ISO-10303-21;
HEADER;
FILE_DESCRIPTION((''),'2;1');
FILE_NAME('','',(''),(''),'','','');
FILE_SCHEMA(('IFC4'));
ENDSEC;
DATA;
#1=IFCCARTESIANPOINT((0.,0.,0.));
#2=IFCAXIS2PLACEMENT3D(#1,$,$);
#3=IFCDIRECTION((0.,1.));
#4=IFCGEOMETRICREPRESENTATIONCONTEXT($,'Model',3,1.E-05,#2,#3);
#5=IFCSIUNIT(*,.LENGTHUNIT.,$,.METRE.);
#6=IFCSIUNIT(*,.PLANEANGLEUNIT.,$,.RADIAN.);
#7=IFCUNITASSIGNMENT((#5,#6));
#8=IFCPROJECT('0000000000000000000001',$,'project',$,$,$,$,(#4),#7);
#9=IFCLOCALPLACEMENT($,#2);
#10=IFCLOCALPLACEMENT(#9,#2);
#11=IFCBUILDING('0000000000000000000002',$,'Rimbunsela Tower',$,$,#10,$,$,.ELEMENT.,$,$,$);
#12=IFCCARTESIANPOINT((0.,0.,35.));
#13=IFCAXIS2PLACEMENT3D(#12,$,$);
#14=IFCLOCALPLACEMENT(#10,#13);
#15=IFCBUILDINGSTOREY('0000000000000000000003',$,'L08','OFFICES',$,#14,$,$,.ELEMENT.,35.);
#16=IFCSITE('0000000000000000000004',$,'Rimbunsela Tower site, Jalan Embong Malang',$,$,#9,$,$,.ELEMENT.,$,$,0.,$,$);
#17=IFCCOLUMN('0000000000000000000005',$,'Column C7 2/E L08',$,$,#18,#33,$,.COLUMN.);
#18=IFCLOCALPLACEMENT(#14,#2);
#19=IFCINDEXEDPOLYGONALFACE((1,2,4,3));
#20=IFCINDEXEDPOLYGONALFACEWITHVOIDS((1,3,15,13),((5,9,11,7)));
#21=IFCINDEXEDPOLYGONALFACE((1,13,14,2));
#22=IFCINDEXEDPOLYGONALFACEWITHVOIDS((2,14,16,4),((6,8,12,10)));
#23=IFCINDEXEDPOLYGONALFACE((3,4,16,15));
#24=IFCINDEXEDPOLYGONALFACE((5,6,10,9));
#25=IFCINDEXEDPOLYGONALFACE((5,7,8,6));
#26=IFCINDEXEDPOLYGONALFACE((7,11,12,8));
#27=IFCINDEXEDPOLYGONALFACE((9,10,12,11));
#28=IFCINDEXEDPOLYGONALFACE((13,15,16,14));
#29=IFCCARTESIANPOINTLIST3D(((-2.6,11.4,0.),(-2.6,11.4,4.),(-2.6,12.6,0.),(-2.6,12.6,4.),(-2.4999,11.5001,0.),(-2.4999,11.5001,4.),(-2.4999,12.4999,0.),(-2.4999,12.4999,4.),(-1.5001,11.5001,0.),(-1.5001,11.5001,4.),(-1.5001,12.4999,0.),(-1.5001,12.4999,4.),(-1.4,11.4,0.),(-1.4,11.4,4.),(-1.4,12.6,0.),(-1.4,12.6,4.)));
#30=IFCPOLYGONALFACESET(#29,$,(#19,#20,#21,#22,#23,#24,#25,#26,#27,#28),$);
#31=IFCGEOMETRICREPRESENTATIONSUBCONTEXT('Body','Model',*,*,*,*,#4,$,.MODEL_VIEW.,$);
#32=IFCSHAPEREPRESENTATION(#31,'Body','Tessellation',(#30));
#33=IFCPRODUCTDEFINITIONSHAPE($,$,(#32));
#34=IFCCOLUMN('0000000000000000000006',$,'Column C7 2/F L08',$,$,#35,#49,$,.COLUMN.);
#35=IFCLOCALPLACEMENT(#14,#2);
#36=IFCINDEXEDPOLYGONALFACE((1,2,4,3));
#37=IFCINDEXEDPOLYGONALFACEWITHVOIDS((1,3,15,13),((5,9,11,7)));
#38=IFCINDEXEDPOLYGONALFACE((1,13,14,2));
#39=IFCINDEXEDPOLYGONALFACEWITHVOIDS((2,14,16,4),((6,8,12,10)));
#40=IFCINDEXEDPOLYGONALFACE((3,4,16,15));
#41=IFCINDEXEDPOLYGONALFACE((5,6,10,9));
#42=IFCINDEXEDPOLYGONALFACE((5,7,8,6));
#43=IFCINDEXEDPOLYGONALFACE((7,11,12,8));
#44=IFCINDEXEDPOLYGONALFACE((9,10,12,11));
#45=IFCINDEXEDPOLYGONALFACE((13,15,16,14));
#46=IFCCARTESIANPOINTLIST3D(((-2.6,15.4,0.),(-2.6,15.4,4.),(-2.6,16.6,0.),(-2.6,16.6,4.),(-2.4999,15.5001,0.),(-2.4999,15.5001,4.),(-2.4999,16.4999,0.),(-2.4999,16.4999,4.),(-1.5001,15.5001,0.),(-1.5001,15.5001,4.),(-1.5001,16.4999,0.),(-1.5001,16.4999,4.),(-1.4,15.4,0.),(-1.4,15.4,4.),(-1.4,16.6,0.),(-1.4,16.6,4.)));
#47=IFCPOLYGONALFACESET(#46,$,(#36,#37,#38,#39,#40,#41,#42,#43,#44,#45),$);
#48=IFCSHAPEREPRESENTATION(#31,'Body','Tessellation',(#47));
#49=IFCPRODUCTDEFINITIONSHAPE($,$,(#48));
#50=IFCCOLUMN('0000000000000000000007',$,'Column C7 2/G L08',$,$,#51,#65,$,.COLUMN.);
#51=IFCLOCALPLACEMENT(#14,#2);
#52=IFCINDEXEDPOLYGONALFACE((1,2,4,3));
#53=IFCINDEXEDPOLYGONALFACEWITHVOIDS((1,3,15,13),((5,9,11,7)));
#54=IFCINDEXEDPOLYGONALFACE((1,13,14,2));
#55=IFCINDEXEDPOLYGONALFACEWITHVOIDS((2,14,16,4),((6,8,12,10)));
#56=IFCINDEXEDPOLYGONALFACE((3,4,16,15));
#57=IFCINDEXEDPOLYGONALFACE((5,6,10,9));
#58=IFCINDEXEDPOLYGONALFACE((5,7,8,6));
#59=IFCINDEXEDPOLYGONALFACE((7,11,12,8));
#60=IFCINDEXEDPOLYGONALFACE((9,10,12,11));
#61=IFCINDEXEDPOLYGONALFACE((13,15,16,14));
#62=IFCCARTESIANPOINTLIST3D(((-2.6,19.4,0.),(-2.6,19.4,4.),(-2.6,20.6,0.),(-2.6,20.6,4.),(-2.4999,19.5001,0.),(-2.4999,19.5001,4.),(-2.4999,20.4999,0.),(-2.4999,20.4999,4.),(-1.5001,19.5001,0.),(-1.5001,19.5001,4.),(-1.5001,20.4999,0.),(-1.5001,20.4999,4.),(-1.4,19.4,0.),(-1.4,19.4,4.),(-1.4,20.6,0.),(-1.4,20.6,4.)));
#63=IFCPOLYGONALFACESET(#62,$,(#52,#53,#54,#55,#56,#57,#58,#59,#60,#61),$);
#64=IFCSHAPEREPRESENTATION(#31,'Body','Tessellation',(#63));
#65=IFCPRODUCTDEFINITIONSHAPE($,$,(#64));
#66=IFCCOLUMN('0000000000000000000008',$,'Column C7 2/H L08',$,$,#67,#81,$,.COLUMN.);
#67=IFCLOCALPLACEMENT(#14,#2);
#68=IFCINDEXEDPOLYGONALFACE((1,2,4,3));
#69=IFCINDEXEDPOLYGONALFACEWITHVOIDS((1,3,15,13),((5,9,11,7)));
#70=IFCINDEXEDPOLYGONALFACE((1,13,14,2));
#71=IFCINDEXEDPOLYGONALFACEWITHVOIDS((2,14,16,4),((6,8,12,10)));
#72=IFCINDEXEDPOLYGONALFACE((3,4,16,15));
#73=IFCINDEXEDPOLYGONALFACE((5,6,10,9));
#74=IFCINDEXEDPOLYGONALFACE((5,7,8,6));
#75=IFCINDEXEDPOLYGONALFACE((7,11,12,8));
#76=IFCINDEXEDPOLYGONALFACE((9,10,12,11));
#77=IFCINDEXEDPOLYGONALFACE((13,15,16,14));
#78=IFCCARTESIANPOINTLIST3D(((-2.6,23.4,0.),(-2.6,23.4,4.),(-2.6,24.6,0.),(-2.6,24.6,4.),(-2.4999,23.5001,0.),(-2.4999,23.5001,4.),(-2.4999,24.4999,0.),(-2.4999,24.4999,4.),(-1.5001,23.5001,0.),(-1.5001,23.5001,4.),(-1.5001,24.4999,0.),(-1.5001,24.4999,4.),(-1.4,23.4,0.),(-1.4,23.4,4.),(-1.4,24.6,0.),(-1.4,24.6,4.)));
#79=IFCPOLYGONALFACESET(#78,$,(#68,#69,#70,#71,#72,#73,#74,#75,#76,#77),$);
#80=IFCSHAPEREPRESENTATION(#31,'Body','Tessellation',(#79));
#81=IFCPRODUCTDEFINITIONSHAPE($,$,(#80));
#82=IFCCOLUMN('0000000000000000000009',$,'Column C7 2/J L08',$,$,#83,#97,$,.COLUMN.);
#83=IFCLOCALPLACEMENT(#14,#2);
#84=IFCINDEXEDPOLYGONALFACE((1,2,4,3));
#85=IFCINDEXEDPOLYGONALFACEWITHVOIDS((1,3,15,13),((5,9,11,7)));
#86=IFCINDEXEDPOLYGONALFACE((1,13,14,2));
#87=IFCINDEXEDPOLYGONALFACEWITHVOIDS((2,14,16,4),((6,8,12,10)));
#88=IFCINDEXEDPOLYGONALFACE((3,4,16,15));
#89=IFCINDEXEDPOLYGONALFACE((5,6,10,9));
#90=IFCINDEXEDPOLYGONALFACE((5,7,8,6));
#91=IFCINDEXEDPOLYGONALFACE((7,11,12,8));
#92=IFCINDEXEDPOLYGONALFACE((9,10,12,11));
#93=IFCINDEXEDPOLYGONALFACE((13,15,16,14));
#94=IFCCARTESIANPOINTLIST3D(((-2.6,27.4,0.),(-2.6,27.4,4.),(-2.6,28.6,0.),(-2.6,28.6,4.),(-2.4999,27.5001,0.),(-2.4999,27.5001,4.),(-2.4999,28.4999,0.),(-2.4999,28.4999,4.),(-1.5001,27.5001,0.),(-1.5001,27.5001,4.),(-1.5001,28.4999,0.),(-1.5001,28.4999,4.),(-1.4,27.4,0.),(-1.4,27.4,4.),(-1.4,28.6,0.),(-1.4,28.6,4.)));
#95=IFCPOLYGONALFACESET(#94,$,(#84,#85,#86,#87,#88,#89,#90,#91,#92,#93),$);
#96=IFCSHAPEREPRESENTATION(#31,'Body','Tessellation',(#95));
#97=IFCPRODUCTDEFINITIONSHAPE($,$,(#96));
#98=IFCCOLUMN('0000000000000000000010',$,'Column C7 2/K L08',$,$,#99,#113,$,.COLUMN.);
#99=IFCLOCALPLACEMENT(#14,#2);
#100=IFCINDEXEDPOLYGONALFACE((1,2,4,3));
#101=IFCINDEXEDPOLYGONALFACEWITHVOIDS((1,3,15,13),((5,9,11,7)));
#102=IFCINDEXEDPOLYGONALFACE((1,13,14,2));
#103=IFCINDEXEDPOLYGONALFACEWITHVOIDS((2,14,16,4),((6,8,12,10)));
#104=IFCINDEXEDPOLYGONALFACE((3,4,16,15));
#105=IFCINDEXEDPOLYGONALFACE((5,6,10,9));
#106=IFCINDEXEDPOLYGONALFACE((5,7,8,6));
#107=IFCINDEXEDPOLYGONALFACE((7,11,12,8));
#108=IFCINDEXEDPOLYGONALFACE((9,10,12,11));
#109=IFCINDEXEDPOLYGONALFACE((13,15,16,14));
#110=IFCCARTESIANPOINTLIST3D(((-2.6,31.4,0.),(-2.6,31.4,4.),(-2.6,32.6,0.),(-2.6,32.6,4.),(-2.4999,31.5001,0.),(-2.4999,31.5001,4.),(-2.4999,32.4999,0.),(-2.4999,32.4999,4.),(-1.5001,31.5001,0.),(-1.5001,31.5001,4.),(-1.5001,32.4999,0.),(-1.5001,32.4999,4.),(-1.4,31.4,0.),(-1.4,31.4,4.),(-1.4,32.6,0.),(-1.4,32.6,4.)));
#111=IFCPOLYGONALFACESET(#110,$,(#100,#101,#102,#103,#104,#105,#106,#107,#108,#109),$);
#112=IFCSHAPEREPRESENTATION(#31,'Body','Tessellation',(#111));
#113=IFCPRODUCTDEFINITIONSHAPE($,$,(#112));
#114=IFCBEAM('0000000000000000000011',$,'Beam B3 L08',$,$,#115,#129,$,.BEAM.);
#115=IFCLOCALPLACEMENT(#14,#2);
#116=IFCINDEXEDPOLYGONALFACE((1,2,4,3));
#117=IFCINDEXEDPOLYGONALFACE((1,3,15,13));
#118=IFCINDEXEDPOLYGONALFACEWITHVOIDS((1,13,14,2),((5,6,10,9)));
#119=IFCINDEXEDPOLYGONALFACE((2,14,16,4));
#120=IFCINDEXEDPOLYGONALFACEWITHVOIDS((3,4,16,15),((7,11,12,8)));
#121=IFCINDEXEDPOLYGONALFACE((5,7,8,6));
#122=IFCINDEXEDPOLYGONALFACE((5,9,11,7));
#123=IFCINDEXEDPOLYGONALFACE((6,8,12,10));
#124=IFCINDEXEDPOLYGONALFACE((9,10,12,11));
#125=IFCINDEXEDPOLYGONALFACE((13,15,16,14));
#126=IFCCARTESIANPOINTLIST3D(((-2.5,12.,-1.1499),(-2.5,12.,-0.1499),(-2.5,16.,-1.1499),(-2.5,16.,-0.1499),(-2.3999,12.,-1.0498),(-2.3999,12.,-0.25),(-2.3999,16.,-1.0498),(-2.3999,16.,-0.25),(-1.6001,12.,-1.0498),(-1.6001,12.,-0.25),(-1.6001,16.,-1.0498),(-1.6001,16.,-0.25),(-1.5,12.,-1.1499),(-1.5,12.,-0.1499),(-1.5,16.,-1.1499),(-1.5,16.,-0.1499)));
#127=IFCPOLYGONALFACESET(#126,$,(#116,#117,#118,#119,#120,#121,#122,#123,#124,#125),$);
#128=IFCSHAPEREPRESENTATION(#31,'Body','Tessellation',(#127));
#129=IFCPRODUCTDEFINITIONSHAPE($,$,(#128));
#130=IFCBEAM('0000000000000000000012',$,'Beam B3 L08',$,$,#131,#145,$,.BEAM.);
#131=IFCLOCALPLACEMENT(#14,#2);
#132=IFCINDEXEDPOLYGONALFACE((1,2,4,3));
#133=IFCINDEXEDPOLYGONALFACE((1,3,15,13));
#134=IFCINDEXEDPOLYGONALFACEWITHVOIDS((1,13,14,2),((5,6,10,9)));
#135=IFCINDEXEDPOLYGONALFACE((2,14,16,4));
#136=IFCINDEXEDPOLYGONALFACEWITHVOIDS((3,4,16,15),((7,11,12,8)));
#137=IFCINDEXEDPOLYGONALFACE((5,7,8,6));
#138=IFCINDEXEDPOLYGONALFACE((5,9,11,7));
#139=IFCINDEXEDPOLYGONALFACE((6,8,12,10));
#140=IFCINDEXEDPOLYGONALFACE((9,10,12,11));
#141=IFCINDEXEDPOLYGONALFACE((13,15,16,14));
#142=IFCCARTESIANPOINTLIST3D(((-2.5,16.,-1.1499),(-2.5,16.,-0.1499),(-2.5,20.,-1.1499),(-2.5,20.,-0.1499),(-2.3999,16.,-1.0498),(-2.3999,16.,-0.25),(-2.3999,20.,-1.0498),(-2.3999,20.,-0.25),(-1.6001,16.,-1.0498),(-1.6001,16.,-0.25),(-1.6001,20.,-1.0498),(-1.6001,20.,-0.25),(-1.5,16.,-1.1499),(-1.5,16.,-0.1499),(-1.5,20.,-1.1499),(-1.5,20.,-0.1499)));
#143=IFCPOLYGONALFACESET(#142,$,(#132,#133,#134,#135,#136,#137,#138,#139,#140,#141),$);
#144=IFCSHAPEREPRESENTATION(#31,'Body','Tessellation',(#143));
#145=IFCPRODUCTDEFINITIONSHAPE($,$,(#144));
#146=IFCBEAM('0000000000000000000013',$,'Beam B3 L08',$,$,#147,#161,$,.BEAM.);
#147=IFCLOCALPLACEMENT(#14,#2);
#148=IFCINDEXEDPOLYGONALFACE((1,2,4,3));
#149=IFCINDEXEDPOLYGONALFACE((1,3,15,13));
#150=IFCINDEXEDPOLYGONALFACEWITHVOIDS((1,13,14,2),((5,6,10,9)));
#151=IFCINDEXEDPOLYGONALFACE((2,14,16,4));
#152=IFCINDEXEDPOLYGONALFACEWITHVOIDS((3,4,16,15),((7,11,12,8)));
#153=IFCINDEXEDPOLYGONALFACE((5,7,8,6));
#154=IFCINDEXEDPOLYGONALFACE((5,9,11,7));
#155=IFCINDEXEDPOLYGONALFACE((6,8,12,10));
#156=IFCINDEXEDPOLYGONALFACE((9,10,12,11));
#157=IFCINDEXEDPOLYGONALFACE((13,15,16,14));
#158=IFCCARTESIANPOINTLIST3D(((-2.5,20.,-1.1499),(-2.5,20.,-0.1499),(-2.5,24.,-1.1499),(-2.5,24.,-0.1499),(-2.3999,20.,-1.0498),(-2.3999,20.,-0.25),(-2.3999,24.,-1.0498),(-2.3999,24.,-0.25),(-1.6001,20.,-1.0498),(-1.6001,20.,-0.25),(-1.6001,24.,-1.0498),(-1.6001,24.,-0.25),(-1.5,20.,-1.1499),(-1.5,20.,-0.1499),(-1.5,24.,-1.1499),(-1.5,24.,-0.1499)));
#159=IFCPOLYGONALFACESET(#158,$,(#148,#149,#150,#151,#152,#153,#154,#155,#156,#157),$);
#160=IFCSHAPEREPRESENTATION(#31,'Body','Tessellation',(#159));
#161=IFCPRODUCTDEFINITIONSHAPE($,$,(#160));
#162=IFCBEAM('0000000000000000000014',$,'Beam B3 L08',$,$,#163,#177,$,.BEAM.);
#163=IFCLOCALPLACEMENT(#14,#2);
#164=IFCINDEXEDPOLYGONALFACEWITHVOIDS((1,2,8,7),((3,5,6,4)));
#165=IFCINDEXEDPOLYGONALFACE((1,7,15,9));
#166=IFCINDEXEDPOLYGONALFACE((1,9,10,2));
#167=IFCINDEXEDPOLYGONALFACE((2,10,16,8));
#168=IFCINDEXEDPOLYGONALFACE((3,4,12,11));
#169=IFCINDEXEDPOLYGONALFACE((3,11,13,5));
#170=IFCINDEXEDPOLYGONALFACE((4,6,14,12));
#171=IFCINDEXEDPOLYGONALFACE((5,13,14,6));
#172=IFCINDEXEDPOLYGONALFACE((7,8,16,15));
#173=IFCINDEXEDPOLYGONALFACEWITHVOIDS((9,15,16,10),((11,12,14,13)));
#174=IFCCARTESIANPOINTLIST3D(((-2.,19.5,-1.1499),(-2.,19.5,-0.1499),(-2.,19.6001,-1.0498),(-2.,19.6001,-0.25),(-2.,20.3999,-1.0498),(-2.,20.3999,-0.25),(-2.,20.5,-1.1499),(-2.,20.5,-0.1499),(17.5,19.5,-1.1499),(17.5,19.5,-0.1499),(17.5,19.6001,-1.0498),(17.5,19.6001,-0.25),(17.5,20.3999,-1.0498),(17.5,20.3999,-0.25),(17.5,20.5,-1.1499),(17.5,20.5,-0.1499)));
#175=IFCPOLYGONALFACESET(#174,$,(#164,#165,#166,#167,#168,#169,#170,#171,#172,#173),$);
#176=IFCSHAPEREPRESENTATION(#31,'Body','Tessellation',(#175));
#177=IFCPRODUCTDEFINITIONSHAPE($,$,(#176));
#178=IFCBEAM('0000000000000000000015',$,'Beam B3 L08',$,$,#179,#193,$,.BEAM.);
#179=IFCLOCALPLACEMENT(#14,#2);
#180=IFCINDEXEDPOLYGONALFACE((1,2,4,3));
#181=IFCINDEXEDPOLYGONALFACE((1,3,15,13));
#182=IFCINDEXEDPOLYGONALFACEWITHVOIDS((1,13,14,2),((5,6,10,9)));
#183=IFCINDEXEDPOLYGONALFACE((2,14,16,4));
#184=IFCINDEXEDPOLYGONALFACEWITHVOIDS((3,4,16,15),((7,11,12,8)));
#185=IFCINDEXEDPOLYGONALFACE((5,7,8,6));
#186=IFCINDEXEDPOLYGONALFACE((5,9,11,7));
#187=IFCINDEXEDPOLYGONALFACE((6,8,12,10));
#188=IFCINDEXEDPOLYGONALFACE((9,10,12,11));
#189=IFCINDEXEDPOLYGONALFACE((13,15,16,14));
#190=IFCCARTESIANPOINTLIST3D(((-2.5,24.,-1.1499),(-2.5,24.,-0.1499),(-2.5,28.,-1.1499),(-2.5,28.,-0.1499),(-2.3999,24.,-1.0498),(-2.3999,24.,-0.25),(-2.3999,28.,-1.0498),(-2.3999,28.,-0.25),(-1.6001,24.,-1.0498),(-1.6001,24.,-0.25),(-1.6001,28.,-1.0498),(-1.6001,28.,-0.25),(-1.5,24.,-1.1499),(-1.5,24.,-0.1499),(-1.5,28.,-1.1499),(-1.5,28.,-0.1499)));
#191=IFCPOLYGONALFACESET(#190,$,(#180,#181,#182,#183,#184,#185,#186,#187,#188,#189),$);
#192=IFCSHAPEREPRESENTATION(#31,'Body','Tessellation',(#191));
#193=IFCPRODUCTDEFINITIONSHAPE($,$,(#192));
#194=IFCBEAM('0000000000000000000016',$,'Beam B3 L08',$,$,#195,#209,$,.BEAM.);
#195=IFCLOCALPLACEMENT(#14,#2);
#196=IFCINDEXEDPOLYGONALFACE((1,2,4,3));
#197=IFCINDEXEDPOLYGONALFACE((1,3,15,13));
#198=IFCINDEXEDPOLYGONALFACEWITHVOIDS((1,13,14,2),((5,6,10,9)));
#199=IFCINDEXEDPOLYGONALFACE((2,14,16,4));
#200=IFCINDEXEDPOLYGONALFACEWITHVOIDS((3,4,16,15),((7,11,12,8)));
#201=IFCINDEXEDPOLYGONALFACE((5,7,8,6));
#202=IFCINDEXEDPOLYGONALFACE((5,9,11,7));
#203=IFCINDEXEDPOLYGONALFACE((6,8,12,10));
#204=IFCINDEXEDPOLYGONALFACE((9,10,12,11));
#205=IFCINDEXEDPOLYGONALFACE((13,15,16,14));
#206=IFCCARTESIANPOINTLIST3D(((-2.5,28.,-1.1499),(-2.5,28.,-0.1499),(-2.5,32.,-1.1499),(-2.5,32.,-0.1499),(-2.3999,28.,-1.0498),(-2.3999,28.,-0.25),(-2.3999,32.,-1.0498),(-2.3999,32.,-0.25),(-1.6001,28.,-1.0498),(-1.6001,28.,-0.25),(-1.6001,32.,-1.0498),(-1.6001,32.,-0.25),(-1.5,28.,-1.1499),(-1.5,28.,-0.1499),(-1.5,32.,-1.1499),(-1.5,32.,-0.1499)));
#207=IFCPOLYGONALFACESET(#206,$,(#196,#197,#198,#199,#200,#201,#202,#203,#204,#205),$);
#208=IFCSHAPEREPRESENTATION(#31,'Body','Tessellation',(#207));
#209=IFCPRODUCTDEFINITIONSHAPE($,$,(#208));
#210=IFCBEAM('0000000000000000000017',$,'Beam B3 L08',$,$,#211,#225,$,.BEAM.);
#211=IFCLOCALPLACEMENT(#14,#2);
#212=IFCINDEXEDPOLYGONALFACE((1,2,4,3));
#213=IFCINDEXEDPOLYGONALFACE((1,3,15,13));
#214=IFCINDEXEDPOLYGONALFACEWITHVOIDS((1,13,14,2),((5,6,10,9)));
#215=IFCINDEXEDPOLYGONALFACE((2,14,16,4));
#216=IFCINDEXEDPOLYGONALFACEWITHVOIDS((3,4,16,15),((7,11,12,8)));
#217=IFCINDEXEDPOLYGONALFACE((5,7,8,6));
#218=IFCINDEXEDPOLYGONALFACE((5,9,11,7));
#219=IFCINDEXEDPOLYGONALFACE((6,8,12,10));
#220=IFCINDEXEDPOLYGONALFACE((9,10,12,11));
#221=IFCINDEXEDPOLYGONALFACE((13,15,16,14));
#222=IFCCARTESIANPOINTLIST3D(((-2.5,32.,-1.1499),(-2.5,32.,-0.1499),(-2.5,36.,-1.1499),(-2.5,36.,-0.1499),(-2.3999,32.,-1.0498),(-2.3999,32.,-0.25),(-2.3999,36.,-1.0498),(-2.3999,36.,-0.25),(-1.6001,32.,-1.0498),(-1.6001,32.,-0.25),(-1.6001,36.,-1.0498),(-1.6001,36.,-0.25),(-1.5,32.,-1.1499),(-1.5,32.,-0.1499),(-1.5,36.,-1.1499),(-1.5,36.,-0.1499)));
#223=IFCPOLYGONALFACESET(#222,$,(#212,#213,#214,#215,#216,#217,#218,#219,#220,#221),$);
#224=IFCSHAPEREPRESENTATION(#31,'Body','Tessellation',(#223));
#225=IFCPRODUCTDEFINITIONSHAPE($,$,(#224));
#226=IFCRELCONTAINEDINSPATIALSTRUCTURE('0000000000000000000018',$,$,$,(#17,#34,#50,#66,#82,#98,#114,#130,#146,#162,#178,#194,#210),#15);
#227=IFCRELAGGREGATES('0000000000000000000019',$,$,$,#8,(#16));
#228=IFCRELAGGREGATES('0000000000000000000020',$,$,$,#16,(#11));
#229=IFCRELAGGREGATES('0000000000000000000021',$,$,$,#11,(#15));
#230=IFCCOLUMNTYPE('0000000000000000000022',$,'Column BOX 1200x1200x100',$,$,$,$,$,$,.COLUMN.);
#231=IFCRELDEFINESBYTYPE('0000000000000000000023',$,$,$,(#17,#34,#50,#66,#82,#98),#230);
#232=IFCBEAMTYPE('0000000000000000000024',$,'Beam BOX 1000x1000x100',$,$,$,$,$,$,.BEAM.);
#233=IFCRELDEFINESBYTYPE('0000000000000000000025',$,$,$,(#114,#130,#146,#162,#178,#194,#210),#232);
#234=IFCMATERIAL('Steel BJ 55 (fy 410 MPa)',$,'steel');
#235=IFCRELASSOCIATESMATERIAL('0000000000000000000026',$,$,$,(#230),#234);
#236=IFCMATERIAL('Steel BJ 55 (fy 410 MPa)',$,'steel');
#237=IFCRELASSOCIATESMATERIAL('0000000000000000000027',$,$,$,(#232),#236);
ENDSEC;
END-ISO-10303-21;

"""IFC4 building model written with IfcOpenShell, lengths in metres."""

from ifc_helpers import new_model, si_unit, direction, frame, origin, origin_2d, place, context, subcontext, project, spatial, hollow_rectangle, extrude, material, material_profile, profile_set, type_object, element, save


model = new_model("IFC4")

# Units and contexts
model_context = context("Model", 3, precision=1e-05, world=origin(), true_north=direction((0.0, 1.0)))
body_context = subcontext(model_context, "Body", "Model", "MODEL_VIEW")
ifc_project = project(units=[si_unit("LENGTHUNIT", "METRE"), si_unit("PLANEANGLEUNIT", "RADIAN")], contexts=[model_context])

# Site, building, storey
site_placement = place(None, origin())
site = spatial("IfcSite", under=ifc_project, at=site_placement, Name="Rimbunsela Tower site, Jalan Embong Malang", CompositionType="ELEMENT", RefElevation=0.0)
building_placement = place(site_placement, origin())
building = spatial("IfcBuilding", under=site, at=building_placement, Name="Rimbunsela Tower", CompositionType="ELEMENT")
storey_placement = place(building_placement, frame((0.0, 0.0, 35.0)))
storey = spatial("IfcBuildingStorey", under=building, at=storey_placement, Name="L08", Description="OFFICES", CompositionType="ELEMENT", Elevation=35.0)

# Columns
ifc_material_1 = material(Name="Steel BJ 55 (fy 410 MPa)", Category="steel")
ifc_material_profile_1 = material_profile(ifc_material_1, hollow_rectangle(XDim=1.2, YDim=1.2, WallThickness=0.1001, at=origin_2d()), Name="BOX 1200x1200x100")
ifc_profile_set_1 = profile_set([ifc_material_profile_1], Name="Steel BJ 55 (fy 410 MPa)")
column_type = type_object("IfcColumnType", Name="Column BOX 1200x1200x100", PredefinedType="COLUMN", material=ifc_profile_set_1)
for number, where, z_axis, x_axis, name in (
    (1, (-2.0, 12.0, 0.0), (0.0, 0.0, 1.0), (1.0, 0.0, 0.0), "Column C7 2/E L08"),
    (2, (-2.0, 16.0, 0.0), (0.0, 0.0, 1.0), (1.0, 0.0, 0.0), "Column C7 2/F L08"),
    (3, (-2.0, 20.0, 0.0), (0.0, 0.0, 1.0), (1.0, 0.0, 0.0), "Column C7 2/G L08"),
    (4, (-2.0, 24.0, 0.0), (0.0, 0.0, 1.0), (1.0, 0.0, 0.0), "Column C7 2/H L08"),
    (5, (-2.0, 28.0, 0.0), (0.0, 0.0, 1.0), (1.0, 0.0, 0.0), "Column C7 2/J L08"),
    (6, (-2.0, 32.0, 0.0), (0.0, 0.0, 1.0), (1.0, 0.0, 0.0), "Column C7 2/K L08"),
):
    element("IfcColumn", number, at=place(storey_placement, frame(where, z_axis=z_axis, x_axis=x_axis)), inside=storey, type_object=column_type, Name=name, PredefinedType="COLUMN", context=body_context, shape_type="SweptSolid", body=[
        extrude(hollow_rectangle(XDim=1.2, YDim=1.2, WallThickness=0.1001, at=origin_2d()), origin(), (0.0, 0.0, 1.0), 4.0),
    ])

# Beams
ifc_material_2 = material(Name="Steel BJ 55 (fy 410 MPa)", Category="steel")
ifc_material_profile_2 = material_profile(ifc_material_2, hollow_rectangle(XDim=1.0, YDim=1.0, WallThickness=0.1001, at=origin_2d()), Name="BOX 1000x1000x100")
ifc_profile_set_2 = profile_set([ifc_material_profile_2], Name="Steel BJ 55 (fy 410 MPa)")
beam_type_1 = type_object("IfcBeamType", Name="Beam BOX 1000x1000x100", PredefinedType="BEAM", material=ifc_profile_set_2)
for number, where, z_axis, x_axis, name in (
    (7, (-2.0, 12.0, -0.6499), (0.0, 1.0, 0.0), (-1.0, 0.0, 0.0), "Beam B3 L08"),
    (8, (-2.0, 16.0, -0.6499), (0.0, 1.0, 0.0), (-1.0, 0.0, 0.0), "Beam B3 L08"),
    (9, (-2.0, 20.0, -0.6499), (0.0, 1.0, 0.0), (-1.0, 0.0, 0.0), "Beam B3 L08"),
):
    element("IfcBeam", number, at=place(storey_placement, frame(where, z_axis=z_axis, x_axis=x_axis)), inside=storey, type_object=beam_type_1, Name=name, PredefinedType="BEAM", context=body_context, shape_type="SweptSolid", body=[
        extrude(hollow_rectangle(XDim=1.0, YDim=1.0, WallThickness=0.1001, at=origin_2d()), origin(), (0.0, 0.0, 1.0), 4.0),
    ])
beam_1_placement = place(storey_placement, frame((-2.0, 20.0, -0.6499), z_axis=(1.0, 0.0, 0.0), x_axis=(0.0, 1.0, 0.0)))
element("IfcBeam", 10, at=beam_1_placement, inside=storey, type_object=beam_type_1, Name="Beam B3 L08", PredefinedType="BEAM", context=body_context, shape_type="SweptSolid", body=[
    extrude(hollow_rectangle(XDim=1.0, YDim=1.0, WallThickness=0.1001, at=origin_2d()), origin(), (0.0, 0.0, 1.0), 19.5),
])
for number, where, z_axis, x_axis, name in (
    (11, (-2.0, 24.0, -0.6499), (0.0, 1.0, 0.0), (-1.0, 0.0, 0.0), "Beam B3 L08"),
    (12, (-2.0, 28.0, -0.6499), (0.0, 1.0, 0.0), (-1.0, 0.0, 0.0), "Beam B3 L08"),
    (13, (-2.0, 32.0, -0.6499), (0.0, 1.0, 0.0), (-1.0, 0.0, 0.0), "Beam B3 L08"),
):
    element("IfcBeam", number, at=place(storey_placement, frame(where, z_axis=z_axis, x_axis=x_axis)), inside=storey, type_object=beam_type_1, Name=name, PredefinedType="BEAM", context=body_context, shape_type="SweptSolid", body=[
        extrude(hollow_rectangle(XDim=1.0, YDim=1.0, WallThickness=0.1001, at=origin_2d()), origin(), (0.0, 0.0, 1.0), 4.0),
    ])

save(model, "model.ifc")
